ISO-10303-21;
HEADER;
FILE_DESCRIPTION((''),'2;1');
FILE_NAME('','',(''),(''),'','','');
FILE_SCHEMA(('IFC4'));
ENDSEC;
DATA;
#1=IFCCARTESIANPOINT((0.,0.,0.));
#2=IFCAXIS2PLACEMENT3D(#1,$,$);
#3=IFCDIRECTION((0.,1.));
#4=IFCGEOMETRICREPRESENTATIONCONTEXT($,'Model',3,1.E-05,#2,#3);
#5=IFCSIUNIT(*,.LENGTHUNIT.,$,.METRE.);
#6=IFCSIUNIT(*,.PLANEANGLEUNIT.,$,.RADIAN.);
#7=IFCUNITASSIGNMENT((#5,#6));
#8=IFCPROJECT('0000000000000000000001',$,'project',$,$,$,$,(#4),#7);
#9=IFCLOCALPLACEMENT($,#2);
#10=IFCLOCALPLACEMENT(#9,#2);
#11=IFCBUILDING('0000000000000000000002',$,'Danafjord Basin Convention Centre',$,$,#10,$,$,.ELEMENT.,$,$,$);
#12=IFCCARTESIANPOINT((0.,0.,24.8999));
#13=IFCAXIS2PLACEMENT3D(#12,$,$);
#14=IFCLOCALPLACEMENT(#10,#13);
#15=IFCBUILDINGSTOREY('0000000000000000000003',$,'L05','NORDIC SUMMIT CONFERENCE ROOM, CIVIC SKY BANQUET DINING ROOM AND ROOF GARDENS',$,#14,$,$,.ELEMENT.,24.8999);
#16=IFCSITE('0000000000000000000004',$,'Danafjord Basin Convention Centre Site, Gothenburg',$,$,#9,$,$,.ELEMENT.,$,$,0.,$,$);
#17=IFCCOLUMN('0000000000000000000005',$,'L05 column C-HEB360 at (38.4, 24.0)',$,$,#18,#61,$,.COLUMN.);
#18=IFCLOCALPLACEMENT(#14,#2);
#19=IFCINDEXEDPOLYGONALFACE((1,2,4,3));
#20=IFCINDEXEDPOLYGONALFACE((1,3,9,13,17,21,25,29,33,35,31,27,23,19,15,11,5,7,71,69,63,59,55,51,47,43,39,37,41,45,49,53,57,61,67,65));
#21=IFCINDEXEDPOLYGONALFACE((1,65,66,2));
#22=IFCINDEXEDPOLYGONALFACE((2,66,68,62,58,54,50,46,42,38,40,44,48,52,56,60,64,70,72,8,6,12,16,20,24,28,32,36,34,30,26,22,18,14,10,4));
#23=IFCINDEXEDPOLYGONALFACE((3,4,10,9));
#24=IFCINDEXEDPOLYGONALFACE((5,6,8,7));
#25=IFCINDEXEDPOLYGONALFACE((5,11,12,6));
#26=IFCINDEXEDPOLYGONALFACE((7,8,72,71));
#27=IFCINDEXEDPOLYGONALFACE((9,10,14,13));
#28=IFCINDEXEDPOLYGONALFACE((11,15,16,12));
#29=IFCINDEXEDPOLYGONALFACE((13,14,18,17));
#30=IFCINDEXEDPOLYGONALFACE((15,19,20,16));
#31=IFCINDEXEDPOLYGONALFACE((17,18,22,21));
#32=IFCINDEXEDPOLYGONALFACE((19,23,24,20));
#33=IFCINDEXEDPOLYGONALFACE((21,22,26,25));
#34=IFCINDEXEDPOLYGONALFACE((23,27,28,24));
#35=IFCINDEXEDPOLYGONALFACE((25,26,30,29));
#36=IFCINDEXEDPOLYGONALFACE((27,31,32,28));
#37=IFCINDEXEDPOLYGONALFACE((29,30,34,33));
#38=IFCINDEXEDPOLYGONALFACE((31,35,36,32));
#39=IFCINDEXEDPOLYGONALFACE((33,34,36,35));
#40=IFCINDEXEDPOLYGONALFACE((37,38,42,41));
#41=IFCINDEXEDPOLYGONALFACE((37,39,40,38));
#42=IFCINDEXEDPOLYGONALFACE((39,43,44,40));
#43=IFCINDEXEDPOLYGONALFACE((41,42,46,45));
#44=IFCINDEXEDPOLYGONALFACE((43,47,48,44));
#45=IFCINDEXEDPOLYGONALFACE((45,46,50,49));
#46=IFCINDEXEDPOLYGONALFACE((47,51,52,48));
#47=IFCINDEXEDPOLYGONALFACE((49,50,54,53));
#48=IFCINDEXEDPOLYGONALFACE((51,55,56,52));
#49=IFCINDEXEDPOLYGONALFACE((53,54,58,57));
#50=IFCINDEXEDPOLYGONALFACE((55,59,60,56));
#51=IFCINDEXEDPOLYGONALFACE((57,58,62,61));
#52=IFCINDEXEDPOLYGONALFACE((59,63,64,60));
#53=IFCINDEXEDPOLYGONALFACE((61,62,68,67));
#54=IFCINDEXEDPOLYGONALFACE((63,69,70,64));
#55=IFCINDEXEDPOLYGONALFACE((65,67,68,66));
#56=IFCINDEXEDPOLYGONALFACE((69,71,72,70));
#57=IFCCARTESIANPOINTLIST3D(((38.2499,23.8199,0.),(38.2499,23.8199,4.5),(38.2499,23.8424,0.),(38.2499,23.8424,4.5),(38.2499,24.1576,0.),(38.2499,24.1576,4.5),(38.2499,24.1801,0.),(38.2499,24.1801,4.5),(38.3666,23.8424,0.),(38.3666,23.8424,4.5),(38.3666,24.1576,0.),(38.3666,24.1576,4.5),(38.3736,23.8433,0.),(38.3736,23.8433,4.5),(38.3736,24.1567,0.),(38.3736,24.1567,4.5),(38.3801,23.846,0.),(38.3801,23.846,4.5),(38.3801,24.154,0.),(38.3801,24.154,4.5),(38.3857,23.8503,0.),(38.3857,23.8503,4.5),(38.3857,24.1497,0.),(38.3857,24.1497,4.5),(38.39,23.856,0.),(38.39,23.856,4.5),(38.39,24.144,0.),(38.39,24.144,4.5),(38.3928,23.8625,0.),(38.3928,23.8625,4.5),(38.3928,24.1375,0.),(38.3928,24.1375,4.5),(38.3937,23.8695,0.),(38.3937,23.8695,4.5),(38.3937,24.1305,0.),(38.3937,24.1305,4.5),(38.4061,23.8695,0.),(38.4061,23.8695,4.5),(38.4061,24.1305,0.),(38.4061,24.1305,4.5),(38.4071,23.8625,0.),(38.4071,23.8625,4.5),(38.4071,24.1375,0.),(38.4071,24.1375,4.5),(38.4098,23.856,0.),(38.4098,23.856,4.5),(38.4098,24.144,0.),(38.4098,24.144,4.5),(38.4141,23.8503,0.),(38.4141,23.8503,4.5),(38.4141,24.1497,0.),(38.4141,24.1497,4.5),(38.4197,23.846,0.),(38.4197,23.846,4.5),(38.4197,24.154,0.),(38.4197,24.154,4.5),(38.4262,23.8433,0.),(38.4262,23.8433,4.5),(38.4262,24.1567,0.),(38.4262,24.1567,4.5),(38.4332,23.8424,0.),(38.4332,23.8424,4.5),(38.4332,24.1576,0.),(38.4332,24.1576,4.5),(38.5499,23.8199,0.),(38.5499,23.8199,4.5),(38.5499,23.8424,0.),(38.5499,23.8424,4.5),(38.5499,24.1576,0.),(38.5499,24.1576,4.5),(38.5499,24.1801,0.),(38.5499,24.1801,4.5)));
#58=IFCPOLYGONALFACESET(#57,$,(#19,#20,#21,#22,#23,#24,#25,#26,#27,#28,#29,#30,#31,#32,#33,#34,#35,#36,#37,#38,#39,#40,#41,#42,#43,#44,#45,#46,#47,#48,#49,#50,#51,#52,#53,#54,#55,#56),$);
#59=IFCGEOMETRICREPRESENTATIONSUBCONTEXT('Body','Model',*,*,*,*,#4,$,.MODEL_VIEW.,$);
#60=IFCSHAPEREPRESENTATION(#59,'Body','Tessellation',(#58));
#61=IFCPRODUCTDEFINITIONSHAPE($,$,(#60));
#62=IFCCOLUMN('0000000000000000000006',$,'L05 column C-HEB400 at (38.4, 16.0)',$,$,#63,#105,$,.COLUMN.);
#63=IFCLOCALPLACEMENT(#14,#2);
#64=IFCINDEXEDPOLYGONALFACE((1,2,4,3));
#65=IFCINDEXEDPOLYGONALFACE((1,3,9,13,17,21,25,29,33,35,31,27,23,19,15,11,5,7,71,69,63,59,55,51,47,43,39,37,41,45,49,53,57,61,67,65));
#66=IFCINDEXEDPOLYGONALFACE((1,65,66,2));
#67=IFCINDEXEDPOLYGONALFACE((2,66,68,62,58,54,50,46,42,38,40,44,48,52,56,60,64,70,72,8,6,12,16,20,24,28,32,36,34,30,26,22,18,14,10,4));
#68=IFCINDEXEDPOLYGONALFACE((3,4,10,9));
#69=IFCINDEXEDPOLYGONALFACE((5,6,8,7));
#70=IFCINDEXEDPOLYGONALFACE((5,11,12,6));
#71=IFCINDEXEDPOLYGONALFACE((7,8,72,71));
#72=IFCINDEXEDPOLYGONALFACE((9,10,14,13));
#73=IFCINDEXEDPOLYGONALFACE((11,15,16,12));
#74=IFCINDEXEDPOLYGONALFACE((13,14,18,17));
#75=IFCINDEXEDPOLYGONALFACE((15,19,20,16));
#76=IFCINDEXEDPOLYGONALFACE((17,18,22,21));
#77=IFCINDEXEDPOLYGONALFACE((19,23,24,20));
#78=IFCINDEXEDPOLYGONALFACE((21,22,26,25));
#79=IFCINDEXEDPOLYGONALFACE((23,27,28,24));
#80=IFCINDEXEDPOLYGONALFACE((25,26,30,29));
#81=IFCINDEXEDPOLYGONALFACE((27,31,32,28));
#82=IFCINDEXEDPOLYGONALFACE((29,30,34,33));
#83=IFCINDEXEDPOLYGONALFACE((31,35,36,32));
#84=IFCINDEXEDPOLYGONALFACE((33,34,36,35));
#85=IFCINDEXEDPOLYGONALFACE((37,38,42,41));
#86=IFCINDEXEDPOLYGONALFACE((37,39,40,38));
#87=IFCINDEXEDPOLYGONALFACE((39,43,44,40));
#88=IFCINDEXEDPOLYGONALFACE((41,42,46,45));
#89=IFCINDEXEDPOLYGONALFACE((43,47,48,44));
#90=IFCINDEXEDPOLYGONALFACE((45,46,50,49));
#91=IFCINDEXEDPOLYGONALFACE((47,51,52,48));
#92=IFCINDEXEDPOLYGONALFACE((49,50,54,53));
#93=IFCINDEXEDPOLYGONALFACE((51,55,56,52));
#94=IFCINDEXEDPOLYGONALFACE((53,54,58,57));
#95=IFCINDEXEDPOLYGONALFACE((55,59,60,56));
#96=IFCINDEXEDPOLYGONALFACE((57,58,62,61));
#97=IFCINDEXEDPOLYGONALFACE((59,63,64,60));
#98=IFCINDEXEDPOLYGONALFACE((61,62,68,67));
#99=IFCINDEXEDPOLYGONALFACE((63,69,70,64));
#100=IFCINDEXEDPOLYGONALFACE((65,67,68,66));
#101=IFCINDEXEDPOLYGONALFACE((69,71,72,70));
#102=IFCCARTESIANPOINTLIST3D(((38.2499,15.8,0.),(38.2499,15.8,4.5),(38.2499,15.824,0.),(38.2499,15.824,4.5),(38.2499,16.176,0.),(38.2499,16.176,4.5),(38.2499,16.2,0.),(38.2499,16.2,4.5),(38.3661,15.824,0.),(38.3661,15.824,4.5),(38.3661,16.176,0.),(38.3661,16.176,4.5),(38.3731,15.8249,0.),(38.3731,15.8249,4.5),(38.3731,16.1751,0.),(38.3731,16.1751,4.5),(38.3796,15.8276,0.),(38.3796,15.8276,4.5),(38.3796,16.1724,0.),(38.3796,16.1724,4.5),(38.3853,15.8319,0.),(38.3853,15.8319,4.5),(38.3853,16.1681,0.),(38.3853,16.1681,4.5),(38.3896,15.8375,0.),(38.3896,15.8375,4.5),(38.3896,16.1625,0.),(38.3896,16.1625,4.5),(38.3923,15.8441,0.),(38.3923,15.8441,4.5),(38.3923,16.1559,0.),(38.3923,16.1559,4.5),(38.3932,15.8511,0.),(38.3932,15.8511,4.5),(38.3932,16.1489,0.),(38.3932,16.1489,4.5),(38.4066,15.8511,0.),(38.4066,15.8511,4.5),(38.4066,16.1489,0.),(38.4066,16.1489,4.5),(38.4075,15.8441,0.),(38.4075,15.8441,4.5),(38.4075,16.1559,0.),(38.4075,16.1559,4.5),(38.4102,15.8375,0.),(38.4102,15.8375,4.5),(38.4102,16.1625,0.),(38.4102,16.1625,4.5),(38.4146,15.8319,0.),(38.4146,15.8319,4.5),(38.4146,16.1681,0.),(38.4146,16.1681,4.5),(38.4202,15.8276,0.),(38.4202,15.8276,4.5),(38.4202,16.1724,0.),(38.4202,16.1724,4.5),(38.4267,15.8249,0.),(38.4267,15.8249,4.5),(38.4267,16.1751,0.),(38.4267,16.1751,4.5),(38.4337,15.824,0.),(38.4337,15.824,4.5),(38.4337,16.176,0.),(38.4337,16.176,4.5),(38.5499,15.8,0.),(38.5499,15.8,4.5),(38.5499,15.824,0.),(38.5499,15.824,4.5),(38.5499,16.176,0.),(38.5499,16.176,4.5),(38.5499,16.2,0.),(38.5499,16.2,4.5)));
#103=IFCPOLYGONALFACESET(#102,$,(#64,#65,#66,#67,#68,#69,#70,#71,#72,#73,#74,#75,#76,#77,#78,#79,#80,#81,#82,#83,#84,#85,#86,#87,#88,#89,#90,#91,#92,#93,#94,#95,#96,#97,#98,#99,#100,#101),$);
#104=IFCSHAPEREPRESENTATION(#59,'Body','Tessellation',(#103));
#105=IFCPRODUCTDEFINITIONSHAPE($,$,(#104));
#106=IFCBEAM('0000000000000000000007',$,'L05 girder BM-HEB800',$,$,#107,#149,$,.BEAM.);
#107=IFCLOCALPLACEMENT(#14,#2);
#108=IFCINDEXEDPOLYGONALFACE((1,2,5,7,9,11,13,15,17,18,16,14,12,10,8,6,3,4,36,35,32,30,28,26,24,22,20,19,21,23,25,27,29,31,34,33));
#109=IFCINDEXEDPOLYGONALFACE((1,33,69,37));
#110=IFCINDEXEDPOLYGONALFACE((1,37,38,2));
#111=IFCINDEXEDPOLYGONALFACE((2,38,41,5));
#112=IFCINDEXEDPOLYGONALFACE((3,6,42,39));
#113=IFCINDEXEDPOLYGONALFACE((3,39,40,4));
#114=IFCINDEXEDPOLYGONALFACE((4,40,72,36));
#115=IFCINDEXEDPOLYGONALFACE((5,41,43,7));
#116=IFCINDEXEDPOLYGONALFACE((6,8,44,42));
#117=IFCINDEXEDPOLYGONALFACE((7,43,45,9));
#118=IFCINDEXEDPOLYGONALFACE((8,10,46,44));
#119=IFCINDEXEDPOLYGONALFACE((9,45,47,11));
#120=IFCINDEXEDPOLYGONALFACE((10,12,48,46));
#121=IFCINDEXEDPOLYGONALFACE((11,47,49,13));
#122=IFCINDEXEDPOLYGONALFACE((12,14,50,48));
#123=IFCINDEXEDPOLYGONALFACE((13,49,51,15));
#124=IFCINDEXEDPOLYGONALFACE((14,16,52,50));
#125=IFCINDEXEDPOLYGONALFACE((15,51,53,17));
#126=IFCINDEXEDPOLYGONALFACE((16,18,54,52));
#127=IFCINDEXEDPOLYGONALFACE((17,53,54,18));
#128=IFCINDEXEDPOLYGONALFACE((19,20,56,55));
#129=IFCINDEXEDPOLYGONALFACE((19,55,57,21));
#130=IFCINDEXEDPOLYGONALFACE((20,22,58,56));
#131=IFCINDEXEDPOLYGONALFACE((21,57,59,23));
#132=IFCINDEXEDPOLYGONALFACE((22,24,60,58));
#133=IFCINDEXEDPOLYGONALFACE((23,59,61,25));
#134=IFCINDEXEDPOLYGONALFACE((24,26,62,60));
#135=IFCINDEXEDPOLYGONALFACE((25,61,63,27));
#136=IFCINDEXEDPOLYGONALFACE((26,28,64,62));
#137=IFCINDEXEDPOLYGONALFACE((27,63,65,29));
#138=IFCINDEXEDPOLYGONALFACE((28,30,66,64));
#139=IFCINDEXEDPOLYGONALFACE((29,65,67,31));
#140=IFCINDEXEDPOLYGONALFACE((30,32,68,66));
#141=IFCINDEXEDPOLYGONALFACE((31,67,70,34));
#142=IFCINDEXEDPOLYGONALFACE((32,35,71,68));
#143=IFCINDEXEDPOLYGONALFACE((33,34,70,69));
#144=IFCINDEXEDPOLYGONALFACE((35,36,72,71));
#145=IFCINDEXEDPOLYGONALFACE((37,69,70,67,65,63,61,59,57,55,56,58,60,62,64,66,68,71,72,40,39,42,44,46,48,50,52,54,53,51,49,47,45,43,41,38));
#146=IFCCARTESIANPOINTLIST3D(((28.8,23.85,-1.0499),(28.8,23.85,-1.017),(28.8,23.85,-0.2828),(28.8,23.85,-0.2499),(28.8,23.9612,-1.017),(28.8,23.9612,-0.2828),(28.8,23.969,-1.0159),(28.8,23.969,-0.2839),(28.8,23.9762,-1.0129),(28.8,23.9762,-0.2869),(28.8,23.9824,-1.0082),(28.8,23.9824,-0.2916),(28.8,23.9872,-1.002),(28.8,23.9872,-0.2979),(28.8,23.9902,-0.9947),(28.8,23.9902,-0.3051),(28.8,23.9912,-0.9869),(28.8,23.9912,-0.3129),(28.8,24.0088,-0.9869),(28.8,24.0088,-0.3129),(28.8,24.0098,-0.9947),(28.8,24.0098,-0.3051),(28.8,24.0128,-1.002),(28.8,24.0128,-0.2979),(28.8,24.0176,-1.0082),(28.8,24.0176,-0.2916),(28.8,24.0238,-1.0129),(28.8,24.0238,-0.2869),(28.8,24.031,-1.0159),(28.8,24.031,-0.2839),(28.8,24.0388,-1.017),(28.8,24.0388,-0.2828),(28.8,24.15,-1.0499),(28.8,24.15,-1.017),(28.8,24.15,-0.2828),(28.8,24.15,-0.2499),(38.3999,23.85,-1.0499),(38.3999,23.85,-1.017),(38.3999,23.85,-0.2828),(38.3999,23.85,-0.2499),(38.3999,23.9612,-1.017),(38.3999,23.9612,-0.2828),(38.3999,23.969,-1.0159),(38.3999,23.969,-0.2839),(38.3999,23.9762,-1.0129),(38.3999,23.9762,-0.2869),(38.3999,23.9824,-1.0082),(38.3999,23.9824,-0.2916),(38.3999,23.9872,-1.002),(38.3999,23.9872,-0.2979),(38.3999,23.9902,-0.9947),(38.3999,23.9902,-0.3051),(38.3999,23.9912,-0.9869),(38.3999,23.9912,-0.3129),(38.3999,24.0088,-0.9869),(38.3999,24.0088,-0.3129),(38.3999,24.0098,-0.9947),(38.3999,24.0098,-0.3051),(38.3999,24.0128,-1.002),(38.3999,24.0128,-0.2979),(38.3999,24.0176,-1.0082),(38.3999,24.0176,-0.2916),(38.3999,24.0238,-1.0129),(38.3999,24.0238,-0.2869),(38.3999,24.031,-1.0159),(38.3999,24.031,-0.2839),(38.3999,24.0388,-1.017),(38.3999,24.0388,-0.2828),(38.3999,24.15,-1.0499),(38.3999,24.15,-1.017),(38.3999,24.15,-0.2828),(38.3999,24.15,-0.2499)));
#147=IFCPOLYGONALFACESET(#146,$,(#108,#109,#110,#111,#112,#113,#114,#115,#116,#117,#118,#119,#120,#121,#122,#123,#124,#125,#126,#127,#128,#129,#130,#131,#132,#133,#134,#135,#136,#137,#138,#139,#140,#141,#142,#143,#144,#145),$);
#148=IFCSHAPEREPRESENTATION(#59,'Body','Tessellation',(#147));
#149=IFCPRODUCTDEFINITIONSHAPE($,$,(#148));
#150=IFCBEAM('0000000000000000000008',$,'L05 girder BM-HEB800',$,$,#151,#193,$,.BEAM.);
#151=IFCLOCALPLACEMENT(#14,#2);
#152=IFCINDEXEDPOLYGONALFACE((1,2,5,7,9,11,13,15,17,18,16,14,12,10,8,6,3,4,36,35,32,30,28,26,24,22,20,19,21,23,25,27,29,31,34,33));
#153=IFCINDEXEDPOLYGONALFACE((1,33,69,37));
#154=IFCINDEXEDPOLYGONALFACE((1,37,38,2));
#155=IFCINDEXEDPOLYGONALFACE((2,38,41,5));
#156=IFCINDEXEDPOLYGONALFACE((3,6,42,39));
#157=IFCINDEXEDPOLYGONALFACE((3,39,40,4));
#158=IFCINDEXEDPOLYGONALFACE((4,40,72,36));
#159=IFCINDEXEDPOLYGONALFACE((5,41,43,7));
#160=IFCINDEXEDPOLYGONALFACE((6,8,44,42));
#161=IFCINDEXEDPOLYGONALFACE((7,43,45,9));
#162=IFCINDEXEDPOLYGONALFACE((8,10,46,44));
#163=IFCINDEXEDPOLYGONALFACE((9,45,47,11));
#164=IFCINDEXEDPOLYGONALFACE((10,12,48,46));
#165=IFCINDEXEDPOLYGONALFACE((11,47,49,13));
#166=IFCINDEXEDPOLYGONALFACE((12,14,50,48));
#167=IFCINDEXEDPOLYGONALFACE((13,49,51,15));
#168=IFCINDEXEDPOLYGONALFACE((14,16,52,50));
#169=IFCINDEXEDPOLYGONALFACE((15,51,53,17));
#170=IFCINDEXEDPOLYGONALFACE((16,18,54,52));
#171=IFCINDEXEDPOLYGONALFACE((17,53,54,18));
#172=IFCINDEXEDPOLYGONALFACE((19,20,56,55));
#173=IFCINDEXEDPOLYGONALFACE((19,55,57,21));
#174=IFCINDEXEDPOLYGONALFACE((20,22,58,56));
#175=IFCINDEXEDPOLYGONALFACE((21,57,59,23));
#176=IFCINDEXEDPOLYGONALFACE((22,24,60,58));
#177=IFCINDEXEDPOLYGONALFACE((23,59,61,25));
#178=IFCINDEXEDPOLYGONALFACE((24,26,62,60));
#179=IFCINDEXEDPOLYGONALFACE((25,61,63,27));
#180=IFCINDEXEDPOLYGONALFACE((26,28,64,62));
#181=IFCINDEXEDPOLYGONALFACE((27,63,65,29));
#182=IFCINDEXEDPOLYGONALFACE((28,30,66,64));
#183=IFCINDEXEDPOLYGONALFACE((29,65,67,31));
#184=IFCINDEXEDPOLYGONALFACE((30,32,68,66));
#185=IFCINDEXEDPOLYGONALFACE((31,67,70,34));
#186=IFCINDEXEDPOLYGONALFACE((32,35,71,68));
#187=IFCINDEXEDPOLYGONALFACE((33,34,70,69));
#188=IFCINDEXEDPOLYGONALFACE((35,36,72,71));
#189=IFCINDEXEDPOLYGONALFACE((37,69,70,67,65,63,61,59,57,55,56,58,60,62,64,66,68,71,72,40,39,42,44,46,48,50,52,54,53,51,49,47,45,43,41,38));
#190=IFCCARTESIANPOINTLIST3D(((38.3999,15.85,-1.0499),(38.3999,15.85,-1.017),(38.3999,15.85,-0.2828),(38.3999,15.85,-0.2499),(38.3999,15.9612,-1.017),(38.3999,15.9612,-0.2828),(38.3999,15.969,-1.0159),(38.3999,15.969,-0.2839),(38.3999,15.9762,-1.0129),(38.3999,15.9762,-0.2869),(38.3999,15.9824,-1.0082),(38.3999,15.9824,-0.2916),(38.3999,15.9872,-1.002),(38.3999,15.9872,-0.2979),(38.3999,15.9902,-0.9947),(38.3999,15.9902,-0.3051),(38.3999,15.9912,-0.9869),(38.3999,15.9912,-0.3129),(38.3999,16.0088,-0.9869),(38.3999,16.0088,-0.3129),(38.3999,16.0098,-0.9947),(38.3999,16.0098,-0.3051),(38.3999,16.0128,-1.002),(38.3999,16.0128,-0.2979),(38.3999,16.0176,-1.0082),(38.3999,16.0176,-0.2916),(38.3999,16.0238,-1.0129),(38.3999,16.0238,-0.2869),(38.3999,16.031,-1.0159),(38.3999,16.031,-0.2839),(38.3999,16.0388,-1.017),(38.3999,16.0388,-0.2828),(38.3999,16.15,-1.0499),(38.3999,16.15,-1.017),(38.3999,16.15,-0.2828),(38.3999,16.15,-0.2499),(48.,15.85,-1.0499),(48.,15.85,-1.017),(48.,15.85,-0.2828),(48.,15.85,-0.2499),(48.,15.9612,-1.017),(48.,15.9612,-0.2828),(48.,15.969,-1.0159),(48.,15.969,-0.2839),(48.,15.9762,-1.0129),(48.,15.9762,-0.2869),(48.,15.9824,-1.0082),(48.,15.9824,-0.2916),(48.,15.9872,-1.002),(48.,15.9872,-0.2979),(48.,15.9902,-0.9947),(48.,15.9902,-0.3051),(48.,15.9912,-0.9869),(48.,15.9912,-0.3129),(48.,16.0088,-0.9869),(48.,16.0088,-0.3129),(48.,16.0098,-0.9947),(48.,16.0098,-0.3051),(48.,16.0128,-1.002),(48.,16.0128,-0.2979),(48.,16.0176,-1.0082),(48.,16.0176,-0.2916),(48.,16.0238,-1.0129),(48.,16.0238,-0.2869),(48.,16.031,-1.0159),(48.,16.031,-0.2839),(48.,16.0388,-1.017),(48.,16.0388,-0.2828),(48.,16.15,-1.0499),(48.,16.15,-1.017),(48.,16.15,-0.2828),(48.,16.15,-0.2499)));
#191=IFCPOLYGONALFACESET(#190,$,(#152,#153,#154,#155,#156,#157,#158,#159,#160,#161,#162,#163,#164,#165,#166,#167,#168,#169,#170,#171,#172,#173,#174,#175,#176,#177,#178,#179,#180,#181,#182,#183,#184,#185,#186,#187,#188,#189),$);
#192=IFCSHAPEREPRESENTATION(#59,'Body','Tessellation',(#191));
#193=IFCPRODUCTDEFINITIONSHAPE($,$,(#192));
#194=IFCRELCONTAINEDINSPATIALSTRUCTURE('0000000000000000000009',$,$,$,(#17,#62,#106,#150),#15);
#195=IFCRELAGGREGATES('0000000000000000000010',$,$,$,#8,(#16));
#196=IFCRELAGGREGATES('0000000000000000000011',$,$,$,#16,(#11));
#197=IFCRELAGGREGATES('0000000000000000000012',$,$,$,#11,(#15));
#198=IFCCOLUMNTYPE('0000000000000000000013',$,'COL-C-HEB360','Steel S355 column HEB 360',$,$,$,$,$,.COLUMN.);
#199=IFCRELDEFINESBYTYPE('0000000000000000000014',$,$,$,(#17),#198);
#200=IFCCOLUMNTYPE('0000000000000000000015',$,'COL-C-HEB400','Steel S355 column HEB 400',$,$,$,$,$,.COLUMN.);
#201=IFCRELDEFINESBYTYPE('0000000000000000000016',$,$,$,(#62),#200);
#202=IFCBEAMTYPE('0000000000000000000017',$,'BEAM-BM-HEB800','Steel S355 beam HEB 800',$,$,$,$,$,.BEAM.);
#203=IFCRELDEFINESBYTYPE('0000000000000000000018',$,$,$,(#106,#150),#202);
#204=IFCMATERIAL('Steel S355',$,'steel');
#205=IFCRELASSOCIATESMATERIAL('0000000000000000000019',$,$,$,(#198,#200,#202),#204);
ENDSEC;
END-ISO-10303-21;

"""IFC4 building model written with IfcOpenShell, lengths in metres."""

from ifc_helpers import new_model, si_unit, direction, frame, origin, origin_2d, place, context, subcontext, project, spatial, i_section, extrude, material, material_profile, profile_set, type_object, element, save


model = new_model("IFC4")

# Units and contexts
model_context = context("Model", 3, precision=1e-05, world=origin(), true_north=direction((0.0, 1.0)))
body_context = subcontext(model_context, "Body", "Model", "MODEL_VIEW")
ifc_project = project(units=[si_unit("LENGTHUNIT", "METRE"), si_unit("PLANEANGLEUNIT", "RADIAN")], contexts=[model_context])

# Site, building, storey
site_placement = place(None, origin())
site = spatial("IfcSite", under=ifc_project, at=site_placement, Name="Danafjord Basin Convention Centre Site, Gothenburg", CompositionType="ELEMENT", RefElevation=0.0)
building_placement = place(site_placement, origin())
building = spatial("IfcBuilding", under=site, at=building_placement, Name="Danafjord Basin Convention Centre", CompositionType="ELEMENT")
storey_placement = place(building_placement, frame((0.0, 0.0, 24.8999)))
storey = spatial("IfcBuildingStorey", under=building, at=storey_placement, Name="L05", Description="NORDIC SUMMIT CONFERENCE ROOM, CIVIC SKY BANQUET DINING ROOM AND ROOF GARDENS", CompositionType="ELEMENT", Elevation=24.8999)

# Columns
ifc_material_1 = material(Name="Steel S355", Category="steel")
ifc_material_profile_1 = material_profile(ifc_material_1, i_section(OverallWidth=0.3, OverallDepth=0.3601, WebThickness=0.0125, FlangeThickness=0.0225, FilletRadius=0.0271, at=origin_2d()), Name="HEB 360")
ifc_profile_set_1 = profile_set([ifc_material_profile_1], Name="Steel S355")
column_type_1 = type_object("IfcColumnType", Name="COL-C-HEB360", Description="Steel S355 column HEB 360", PredefinedType="COLUMN", material=ifc_profile_set_1)
column_1_placement = place(storey_placement, frame((38.3999, 24.0, 0.0), z_axis=(0.0, 0.0, 1.0), x_axis=(1.0, 0.0, 0.0)))
element("IfcColumn", 1, at=column_1_placement, inside=storey, type_object=column_type_1, Name="L05 column C-HEB360 at (38.4, 24.0)", PredefinedType="COLUMN", context=body_context, shape_type="SweptSolid", body=[
    extrude(i_section(OverallWidth=0.3, OverallDepth=0.3601, WebThickness=0.0125, FlangeThickness=0.0225, FilletRadius=0.0271, at=origin_2d()), origin(), (0.0, 0.0, 1.0), 4.5),
])
ifc_material_profile_2 = material_profile(ifc_material_1, i_section(OverallWidth=0.3, OverallDepth=0.3999, WebThickness=0.0134, FlangeThickness=0.0239, FilletRadius=0.0271, at=origin_2d()), Name="HEB 400")
ifc_profile_set_2 = profile_set([ifc_material_profile_2], Name="Steel S355")
column_type_2 = type_object("IfcColumnType", Name="COL-C-HEB400", Description="Steel S355 column HEB 400", PredefinedType="COLUMN", material=ifc_profile_set_2)
column_2_placement = place(storey_placement, frame((38.3999, 16.0, 0.0), z_axis=(0.0, 0.0, 1.0), x_axis=(1.0, 0.0, 0.0)))
element("IfcColumn", 2, at=column_2_placement, inside=storey, type_object=column_type_2, Name="L05 column C-HEB400 at (38.4, 16.0)", PredefinedType="COLUMN", context=body_context, shape_type="SweptSolid", body=[
    extrude(i_section(OverallWidth=0.3, OverallDepth=0.3999, WebThickness=0.0134, FlangeThickness=0.0239, FilletRadius=0.0271, at=origin_2d()), origin(), (0.0, 0.0, 1.0), 4.5),
])

# Beams
ifc_material_profile_3 = material_profile(ifc_material_1, i_section(OverallWidth=0.3, OverallDepth=0.8, WebThickness=0.0176, FlangeThickness=0.033, FilletRadius=0.03, at=origin_2d()), Name="HEB 800")
ifc_profile_set_3 = profile_set([ifc_material_profile_3], Name="Steel S355")
beam_type_1 = type_object("IfcBeamType", Name="BEAM-BM-HEB800", Description="Steel S355 beam HEB 800", PredefinedType="BEAM", material=ifc_profile_set_3)
beam_1_placement = place(storey_placement, frame((28.8, 24.0, -0.6499), z_axis=(1.0, 0.0, 0.0), x_axis=(0.0, 1.0, 0.0)))
element("IfcBeam", 3, at=beam_1_placement, inside=storey, type_object=beam_type_1, Name="L05 girder BM-HEB800", PredefinedType="BEAM", context=body_context, shape_type="SweptSolid", body=[
    extrude(i_section(OverallWidth=0.3, OverallDepth=0.8, WebThickness=0.0176, FlangeThickness=0.033, FilletRadius=0.03, at=origin_2d()), origin(), (0.0, 0.0, 1.0), 9.5999),
])
beam_2_placement = place(storey_placement, frame((38.3999, 16.0, -0.6499), z_axis=(1.0, 0.0, 0.0), x_axis=(0.0, 1.0, 0.0)))
element("IfcBeam", 4, at=beam_2_placement, inside=storey, type_object=beam_type_1, Name="L05 girder BM-HEB800", PredefinedType="BEAM", context=body_context, shape_type="SweptSolid", body=[
    extrude(i_section(OverallWidth=0.3, OverallDepth=0.8, WebThickness=0.0176, FlangeThickness=0.033, FilletRadius=0.03, at=origin_2d()), origin(), (0.0, 0.0, 1.0), 9.6001),
])

save(model, "model.ifc")
